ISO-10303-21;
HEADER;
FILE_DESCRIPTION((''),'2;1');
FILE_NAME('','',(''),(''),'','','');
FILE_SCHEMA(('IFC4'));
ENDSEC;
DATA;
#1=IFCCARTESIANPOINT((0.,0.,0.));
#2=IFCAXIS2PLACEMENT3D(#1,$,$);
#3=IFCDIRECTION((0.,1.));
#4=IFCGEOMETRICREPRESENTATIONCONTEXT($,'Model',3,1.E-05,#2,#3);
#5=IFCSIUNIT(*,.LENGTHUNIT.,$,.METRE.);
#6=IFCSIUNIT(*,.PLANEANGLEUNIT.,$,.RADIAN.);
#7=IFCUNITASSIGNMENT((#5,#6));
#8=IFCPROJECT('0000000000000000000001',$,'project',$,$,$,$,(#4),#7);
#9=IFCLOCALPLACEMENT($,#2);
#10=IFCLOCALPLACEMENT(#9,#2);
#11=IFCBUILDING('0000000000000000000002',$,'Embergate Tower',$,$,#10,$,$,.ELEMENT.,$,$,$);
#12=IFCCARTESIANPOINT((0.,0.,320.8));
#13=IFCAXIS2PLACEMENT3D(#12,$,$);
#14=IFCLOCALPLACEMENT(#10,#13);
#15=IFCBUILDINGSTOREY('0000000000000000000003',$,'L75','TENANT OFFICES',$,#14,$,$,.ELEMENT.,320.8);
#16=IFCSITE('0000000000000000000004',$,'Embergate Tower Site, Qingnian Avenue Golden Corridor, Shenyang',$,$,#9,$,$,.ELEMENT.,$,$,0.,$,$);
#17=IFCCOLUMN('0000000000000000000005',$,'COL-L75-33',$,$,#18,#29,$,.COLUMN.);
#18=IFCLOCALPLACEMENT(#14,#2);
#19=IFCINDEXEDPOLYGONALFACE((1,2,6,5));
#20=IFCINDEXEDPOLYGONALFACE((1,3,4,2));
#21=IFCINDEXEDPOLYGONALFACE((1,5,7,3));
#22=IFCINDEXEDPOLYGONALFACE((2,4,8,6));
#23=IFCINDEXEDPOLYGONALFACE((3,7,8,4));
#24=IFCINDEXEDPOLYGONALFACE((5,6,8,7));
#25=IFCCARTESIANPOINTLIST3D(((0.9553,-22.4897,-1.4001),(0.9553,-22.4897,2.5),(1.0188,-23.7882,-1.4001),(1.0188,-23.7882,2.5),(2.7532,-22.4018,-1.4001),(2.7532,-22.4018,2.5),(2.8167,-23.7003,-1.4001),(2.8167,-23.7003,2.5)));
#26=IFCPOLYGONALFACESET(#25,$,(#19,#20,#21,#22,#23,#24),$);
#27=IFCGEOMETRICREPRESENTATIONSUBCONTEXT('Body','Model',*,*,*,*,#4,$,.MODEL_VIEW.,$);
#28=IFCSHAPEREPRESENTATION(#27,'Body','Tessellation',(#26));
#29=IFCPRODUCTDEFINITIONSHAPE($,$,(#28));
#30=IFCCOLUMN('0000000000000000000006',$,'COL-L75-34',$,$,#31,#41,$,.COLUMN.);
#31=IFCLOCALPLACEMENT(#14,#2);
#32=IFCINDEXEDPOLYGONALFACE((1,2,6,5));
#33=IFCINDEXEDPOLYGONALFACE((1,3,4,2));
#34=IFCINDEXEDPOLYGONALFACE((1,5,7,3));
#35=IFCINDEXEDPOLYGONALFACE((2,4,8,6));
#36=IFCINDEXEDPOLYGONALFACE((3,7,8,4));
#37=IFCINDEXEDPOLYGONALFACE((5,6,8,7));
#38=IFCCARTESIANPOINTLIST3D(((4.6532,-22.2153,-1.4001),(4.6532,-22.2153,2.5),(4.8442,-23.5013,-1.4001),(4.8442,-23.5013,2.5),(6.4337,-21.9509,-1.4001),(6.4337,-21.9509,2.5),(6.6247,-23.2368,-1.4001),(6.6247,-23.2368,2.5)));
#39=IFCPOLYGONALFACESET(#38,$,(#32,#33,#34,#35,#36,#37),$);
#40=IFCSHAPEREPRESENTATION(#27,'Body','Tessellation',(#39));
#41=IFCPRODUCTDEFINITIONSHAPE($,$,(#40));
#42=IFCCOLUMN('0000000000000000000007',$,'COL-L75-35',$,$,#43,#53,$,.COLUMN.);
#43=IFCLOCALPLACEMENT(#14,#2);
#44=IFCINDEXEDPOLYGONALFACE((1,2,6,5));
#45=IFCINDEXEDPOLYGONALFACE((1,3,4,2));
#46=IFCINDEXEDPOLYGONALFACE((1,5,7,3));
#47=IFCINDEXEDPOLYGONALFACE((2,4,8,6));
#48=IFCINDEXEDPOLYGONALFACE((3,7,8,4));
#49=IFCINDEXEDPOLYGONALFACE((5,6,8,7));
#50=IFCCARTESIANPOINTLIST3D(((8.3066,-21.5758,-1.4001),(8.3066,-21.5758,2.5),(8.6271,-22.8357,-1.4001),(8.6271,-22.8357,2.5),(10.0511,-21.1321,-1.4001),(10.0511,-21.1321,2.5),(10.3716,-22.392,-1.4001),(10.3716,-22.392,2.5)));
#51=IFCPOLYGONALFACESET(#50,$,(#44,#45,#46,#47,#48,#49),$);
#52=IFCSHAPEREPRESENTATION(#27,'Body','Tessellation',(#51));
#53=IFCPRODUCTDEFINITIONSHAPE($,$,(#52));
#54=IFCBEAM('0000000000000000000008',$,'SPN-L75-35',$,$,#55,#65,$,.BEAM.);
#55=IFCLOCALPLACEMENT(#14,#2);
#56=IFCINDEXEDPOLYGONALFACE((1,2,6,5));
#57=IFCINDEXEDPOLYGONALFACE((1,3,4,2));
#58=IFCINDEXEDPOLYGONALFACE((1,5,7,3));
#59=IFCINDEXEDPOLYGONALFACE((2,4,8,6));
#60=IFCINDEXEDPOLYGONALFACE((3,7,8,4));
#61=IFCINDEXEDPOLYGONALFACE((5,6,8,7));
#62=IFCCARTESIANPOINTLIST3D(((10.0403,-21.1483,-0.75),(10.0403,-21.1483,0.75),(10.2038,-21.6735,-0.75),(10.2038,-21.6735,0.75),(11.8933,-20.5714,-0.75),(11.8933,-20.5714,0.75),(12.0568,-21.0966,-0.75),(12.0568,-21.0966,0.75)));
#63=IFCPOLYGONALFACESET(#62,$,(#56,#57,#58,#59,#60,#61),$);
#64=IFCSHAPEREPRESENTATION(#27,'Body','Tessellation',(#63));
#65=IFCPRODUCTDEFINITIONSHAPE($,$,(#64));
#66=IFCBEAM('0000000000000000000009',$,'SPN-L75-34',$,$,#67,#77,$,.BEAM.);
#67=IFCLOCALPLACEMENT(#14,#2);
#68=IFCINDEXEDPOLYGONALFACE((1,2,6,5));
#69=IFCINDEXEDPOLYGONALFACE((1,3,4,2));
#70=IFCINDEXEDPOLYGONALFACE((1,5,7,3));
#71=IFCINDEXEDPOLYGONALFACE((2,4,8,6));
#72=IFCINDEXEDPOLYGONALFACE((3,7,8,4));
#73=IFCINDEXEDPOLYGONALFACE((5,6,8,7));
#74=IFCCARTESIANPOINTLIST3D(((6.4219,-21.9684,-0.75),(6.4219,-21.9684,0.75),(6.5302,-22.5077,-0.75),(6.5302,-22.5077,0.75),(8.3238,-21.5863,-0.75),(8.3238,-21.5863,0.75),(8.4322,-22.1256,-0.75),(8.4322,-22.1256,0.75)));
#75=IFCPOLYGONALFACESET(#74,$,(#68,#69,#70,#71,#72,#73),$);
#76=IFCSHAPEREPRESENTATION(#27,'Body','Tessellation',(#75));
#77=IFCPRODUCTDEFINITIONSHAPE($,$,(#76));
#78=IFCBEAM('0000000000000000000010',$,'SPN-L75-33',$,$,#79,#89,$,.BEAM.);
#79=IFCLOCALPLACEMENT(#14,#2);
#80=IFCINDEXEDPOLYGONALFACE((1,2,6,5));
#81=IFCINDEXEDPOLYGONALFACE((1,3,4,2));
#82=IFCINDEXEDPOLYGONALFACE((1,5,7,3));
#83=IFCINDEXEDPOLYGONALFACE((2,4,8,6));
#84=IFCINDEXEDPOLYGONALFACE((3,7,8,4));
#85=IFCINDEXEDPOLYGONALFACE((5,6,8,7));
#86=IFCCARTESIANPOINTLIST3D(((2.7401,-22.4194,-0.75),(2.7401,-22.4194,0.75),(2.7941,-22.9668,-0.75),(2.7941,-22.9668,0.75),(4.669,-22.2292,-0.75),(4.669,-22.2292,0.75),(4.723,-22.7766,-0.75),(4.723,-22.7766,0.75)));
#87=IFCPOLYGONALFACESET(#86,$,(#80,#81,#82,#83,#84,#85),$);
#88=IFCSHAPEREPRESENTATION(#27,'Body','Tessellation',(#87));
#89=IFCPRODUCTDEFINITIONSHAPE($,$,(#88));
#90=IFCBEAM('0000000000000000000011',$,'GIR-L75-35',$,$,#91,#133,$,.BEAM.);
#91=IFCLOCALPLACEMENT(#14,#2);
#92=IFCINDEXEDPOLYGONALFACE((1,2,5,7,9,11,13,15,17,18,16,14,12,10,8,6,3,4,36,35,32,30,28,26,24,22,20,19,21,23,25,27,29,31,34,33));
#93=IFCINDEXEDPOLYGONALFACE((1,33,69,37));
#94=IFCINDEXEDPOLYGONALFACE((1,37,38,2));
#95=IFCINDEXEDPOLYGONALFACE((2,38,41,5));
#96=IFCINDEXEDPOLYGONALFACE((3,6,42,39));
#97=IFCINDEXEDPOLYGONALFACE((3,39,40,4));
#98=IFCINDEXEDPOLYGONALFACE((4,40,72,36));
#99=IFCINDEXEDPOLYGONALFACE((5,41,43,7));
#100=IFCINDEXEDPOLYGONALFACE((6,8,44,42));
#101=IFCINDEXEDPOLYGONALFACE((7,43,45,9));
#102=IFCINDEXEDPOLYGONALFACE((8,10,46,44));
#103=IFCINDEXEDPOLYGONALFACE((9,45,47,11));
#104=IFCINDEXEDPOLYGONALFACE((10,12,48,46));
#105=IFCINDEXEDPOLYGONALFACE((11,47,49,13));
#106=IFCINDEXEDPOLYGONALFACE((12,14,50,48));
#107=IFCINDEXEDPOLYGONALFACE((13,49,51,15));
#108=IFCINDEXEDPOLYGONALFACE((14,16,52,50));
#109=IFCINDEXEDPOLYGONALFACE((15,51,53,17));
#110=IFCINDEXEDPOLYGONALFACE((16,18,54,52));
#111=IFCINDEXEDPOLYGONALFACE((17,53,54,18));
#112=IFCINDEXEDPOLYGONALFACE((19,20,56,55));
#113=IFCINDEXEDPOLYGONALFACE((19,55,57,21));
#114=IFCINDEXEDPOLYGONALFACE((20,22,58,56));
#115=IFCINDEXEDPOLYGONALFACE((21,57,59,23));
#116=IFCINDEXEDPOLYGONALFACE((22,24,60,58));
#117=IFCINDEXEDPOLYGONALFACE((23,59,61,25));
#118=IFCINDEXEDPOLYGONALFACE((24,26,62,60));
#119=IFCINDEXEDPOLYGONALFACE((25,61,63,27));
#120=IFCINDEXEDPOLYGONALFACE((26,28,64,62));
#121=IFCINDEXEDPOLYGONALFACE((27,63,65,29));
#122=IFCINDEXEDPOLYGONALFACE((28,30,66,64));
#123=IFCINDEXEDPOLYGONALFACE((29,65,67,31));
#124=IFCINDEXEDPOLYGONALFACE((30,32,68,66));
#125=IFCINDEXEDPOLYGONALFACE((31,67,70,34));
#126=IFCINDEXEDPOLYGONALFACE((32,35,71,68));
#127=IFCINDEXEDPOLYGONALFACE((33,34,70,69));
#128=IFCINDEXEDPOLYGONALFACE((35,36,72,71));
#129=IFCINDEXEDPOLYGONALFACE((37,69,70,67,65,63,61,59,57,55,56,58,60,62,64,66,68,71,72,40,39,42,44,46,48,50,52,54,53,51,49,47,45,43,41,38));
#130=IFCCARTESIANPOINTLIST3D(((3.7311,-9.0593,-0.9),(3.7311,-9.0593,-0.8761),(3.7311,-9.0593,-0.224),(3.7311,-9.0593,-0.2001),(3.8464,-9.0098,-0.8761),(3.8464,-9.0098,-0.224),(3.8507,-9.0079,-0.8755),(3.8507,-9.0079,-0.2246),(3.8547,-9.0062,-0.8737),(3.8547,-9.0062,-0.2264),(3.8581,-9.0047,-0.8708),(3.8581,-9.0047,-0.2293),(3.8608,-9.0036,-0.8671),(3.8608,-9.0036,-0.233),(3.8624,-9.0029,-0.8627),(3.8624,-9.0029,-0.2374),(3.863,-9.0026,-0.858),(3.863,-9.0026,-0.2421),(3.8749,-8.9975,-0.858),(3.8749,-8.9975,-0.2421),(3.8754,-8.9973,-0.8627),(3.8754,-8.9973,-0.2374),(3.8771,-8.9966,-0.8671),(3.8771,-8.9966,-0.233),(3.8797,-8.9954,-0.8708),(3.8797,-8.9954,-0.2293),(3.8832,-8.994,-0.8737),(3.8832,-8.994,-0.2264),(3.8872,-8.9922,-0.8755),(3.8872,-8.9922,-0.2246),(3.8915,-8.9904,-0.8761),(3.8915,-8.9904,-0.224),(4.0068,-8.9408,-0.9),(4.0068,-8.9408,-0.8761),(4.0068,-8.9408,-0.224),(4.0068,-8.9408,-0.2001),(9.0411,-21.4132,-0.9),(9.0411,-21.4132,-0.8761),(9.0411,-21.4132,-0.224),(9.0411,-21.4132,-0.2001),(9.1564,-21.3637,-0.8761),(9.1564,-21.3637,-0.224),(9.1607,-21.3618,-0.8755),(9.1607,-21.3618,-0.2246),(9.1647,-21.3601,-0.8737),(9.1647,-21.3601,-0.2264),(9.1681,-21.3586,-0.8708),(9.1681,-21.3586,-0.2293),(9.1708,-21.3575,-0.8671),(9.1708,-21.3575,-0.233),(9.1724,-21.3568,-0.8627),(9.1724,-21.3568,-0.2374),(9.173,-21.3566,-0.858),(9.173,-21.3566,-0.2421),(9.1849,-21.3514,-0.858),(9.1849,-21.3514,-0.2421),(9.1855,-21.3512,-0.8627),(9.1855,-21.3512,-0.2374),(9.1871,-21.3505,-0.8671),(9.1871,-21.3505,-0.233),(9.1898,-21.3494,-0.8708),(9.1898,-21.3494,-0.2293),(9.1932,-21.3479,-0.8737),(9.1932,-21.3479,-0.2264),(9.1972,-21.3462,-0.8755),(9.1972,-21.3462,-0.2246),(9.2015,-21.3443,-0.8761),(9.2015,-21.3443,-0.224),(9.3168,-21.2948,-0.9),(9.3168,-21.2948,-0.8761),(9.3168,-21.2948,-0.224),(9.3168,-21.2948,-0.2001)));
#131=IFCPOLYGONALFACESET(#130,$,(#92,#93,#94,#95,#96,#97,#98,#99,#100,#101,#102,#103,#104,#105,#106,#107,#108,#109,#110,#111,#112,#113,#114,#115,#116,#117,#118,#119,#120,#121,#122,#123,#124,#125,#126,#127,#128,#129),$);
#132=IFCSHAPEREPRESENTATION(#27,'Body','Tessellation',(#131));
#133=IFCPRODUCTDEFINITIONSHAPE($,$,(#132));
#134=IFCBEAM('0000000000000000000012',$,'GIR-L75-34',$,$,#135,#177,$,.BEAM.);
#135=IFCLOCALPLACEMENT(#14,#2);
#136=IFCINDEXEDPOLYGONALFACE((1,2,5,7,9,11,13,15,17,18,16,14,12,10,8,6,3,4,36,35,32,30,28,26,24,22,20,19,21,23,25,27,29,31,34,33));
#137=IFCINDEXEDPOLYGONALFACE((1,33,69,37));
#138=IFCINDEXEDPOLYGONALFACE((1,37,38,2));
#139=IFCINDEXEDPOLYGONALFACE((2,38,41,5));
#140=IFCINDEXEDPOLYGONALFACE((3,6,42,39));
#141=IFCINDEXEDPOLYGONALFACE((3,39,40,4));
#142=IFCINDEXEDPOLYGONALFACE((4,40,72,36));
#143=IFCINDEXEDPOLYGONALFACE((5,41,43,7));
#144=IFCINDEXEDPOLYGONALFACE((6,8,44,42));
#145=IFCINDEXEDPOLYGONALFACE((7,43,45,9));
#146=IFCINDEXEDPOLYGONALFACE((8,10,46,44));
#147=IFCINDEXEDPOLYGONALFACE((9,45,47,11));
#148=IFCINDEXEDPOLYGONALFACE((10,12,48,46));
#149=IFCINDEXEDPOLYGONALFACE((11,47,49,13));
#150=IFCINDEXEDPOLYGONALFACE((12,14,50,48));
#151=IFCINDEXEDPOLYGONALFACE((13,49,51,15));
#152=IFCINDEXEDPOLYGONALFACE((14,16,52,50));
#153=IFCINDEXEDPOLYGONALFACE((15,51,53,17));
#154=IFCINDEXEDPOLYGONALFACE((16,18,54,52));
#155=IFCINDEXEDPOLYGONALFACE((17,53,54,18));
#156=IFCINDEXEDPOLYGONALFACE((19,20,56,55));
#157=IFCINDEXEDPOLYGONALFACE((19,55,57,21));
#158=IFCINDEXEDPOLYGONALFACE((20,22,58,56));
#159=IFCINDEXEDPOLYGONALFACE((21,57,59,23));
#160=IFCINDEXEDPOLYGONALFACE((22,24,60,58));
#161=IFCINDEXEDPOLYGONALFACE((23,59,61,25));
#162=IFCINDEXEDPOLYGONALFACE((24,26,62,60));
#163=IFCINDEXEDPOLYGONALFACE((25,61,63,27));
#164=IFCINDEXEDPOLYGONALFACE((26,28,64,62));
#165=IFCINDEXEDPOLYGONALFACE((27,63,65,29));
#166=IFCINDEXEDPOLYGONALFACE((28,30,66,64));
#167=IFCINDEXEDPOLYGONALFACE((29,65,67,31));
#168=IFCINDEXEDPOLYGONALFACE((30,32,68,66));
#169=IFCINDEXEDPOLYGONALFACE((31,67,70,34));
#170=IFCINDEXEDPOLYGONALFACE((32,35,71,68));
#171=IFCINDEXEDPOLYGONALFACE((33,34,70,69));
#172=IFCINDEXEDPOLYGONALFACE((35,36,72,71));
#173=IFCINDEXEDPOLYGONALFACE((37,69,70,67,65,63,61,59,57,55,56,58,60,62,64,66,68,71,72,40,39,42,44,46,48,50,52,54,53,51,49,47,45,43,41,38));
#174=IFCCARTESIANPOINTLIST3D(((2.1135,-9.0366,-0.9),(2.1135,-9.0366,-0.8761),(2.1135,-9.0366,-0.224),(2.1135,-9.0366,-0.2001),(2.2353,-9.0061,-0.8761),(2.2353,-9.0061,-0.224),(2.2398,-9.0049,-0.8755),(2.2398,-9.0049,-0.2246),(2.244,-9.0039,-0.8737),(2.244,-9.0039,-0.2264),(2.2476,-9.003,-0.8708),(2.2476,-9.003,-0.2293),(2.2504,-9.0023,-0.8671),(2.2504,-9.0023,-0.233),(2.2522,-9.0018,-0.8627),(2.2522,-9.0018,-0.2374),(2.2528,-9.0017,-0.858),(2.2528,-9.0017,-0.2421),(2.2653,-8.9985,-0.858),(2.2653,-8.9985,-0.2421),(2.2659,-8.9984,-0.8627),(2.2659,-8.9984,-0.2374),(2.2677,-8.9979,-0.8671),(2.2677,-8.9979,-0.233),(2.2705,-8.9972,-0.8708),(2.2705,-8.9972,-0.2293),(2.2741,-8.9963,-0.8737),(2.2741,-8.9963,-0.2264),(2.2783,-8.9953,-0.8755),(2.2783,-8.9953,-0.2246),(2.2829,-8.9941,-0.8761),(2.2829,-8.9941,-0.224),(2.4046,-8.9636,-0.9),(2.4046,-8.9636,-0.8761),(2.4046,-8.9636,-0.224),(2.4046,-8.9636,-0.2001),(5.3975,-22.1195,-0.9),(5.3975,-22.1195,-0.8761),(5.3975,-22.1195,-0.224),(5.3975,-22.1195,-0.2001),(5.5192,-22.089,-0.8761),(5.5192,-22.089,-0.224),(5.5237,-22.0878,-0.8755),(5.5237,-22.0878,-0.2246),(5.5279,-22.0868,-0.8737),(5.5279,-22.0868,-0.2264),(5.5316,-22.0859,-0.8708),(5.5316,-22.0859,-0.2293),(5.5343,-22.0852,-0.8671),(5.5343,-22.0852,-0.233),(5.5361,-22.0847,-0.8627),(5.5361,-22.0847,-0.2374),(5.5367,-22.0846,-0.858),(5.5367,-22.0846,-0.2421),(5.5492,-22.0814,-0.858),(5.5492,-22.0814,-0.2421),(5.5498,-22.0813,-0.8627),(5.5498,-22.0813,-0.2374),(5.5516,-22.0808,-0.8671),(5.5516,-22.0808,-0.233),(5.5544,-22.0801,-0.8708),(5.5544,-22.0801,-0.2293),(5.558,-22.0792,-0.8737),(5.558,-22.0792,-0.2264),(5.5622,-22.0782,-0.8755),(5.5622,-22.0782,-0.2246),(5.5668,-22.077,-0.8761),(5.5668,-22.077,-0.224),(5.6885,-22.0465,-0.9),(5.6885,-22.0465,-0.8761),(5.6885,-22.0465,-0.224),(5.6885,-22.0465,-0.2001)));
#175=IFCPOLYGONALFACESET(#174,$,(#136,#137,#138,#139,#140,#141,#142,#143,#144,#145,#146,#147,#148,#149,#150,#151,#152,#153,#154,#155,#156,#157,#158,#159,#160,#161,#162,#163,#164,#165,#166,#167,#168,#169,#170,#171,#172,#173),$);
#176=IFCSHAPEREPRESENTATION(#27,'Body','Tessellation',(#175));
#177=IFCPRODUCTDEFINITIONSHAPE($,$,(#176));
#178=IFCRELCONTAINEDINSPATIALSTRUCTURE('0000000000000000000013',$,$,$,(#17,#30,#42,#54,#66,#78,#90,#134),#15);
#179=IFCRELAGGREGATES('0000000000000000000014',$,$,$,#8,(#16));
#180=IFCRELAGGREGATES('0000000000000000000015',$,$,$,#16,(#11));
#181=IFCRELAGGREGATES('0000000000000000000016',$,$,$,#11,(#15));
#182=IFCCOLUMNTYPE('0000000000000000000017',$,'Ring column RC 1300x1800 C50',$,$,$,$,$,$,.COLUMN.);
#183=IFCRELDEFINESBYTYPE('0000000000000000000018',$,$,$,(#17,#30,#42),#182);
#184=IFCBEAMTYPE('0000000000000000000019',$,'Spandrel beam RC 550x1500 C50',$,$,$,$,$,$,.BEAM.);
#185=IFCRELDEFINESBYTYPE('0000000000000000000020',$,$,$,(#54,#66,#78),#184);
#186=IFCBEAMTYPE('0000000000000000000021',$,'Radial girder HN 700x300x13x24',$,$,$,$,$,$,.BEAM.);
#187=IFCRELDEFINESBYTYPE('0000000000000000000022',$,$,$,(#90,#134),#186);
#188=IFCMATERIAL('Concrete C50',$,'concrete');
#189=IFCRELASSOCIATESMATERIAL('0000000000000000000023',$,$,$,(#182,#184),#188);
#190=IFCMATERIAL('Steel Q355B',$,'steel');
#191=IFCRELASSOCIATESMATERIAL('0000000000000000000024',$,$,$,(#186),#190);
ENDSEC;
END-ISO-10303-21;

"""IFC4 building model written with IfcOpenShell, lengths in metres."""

from ifc_helpers import new_model, si_unit, direction, frame, origin, origin_2d, place, context, subcontext, project, spatial, rectangle, i_section, extrude, source, transform, mapped, material, material_profile, profile_set, type_object, element, save


model = new_model("IFC4")

# Units and contexts
model_context = context("Model", 3, precision=1e-05, world=origin(), true_north=direction((0.0, 1.0)))
body_context = subcontext(model_context, "Body", "Model", "MODEL_VIEW")
ifc_project = project(units=[si_unit("LENGTHUNIT", "METRE"), si_unit("PLANEANGLEUNIT", "RADIAN")], contexts=[model_context])

# Site, building, storey
site_placement = place(None, origin())
site = spatial("IfcSite", under=ifc_project, at=site_placement, Name="Embergate Tower Site, Qingnian Avenue Golden Corridor, Shenyang", CompositionType="ELEMENT", RefElevation=0.0)
building_placement = place(site_placement, origin())
building = spatial("IfcBuilding", under=site, at=building_placement, Name="Embergate Tower", CompositionType="ELEMENT")
storey_placement = place(building_placement, frame((0.0, 0.0, 320.8)))
storey = spatial("IfcBuildingStorey", under=building, at=storey_placement, Name="L75", Description="TENANT OFFICES", CompositionType="ELEMENT", Elevation=320.8)

# Columns
ifc_material_1 = material(Name="Concrete C50", Category="concrete")
ifc_material_profile_1 = material_profile(ifc_material_1, rectangle(XDim=1.3, YDim=1.8, at=origin_2d()), Name="RC 1300x1800")
ifc_profile_set_1 = profile_set([ifc_material_profile_1], Name="Concrete C50")
column_type = type_object("IfcColumnType", Name="Ring column RC 1300x1800 C50", PredefinedType="COLUMN", material=ifc_profile_set_1)
shared_shape_1 = source(origin(), body_context, "Body", "SweptSolid", [
    extrude(rectangle(XDim=1.3, YDim=1.8, at=origin_2d()), origin(), (0.0, 0.0, 1.0), 3.9001),
])
for number, where, z_axis, x_axis, name in (
    (1, (1.886, -23.095, -1.4001), (0.0, 0.0, 1.0), (0.048815, -0.998808, 0.0), "COL-L75-33"),
    (2, (5.6389, -22.7261, -1.4001), (0.0, 0.0, 1.0), (0.146929, -0.989147, 0.0), "COL-L75-34"),
    (3, (9.3391, -21.9839, -1.4001), (0.0, 0.0, 1.0), (0.246509, -0.969141, 0.0), "COL-L75-35"),
):
    element("IfcColumn", number, at=place(storey_placement, frame(where, z_axis=z_axis, x_axis=x_axis)), inside=storey, type_object=column_type, Name=name, PredefinedType="COLUMN", context=body_context, shape_type="MappedRepresentation", body=[
        mapped(shared_shape_1, transform((0.0, 0.0, 0.0))),
    ])

# Beams
ifc_material_profile_2 = material_profile(ifc_material_1, rectangle(XDim=0.55, YDim=1.5, at=origin_2d()), Name="RC 550x1500")
ifc_profile_set_2 = profile_set([ifc_material_profile_2], Name="Concrete C50")
beam_type_1 = type_object("IfcBeamType", Name="Spandrel beam RC 550x1500 C50", PredefinedType="BEAM", material=ifc_profile_set_2)
shared_shape_2 = source(origin(), body_context, "Body", "SweptSolid", [
    extrude(rectangle(XDim=0.55, YDim=1.5, at=origin_2d()), origin(), (0.0, 0.0, 1.0), 1.9407),
])
beam_1_placement = place(storey_placement, frame((10.1221, -21.4109, 0.0), z_axis=(0.954797, 0.297258, 0.0), x_axis=(-0.297258, 0.954797, 0.0)))
element("IfcBeam", 4, at=beam_1_placement, inside=storey, type_object=beam_type_1, Name="SPN-L75-35", PredefinedType="BEAM", context=body_context, shape_type="MappedRepresentation", body=[
    mapped(shared_shape_2, transform((0.0, 0.0, 0.0))),
])
shared_shape_3 = source(origin(), body_context, "Body", "SweptSolid", [
    extrude(rectangle(XDim=0.55, YDim=1.5, at=origin_2d()), origin(), (0.0, 0.0, 1.0), 1.9399),
])
beam_2_placement = place(storey_placement, frame((6.4761, -22.238, 0.0), z_axis=(0.980411, 0.196963, 0.0), x_axis=(-0.196963, 0.980411, 0.0)))
element("IfcBeam", 5, at=beam_2_placement, inside=storey, type_object=beam_type_1, Name="SPN-L75-34", PredefinedType="BEAM", context=body_context, shape_type="MappedRepresentation", body=[
    mapped(shared_shape_3, transform((0.0, 0.0, 0.0))),
])
shared_shape_4 = source(origin(), body_context, "Body", "SweptSolid", [
    extrude(rectangle(XDim=0.55, YDim=1.5, at=origin_2d()), origin(), (0.0, 0.0, 1.0), 1.9382),
])
beam_3_placement = place(storey_placement, frame((2.7671, -22.6931, 0.0), z_axis=(0.995175, 0.098119, 0.0), x_axis=(-0.098119, 0.995175, 0.0)))
element("IfcBeam", 6, at=beam_3_placement, inside=storey, type_object=beam_type_1, Name="SPN-L75-33", PredefinedType="BEAM", context=body_context, shape_type="MappedRepresentation", body=[
    mapped(shared_shape_4, transform((0.0, 0.0, 0.0))),
])
ifc_material_2 = material(Name="Steel Q355B", Category="steel")
ifc_material_profile_3 = material_profile(ifc_material_2, i_section(OverallWidth=0.3, OverallDepth=0.7, WebThickness=0.0129, FlangeThickness=0.0239, FilletRadius=0.0181, at=origin_2d()), Name="HN 700x300x13x24")
ifc_profile_set_3 = profile_set([ifc_material_profile_3], Name="Steel Q355 grade B")
beam_type_2 = type_object("IfcBeamType", Name="Radial girder HN 700x300x13x24", PredefinedType="BEAM", material=ifc_profile_set_3)
shared_shape_5 = source(origin(), body_context, "Body", "SweptSolid", [
    extrude(i_section(OverallWidth=0.3, OverallDepth=0.7, WebThickness=0.0129, FlangeThickness=0.0239, FilletRadius=0.0181, at=origin_2d()), origin(), (0.0, 0.0, 1.0), 13.4468),
])
beam_4_placement = place(storey_placement, frame((9.179, -21.354, -0.55), z_axis=(-0.394892, 0.918728, 0.0), x_axis=(-0.918728, -0.394892, 0.0)))
element("IfcBeam", 7, at=beam_4_placement, inside=storey, type_object=beam_type_2, Name="GIR-L75-35", PredefinedType="BEAM", context=body_context, shape_type="MappedRepresentation", body=[
    mapped(shared_shape_5, transform((0.0, 0.0, 0.0))),
])
shared_shape_6 = source(origin(), body_context, "Body", "SweptSolid", [
    extrude(i_section(OverallWidth=0.3, OverallDepth=0.7, WebThickness=0.0129, FlangeThickness=0.0239, FilletRadius=0.0181, at=origin_2d()), origin(), (0.0, 0.0, 1.0), 13.4888),
])
beam_5_placement = place(storey_placement, frame((5.543, -22.083, -0.55), z_axis=(-0.243455, 0.969912, 0.0), x_axis=(-0.969912, -0.243455, 0.0)))
element("IfcBeam", 8, at=beam_5_placement, inside=storey, type_object=beam_type_2, Name="GIR-L75-34", PredefinedType="BEAM", context=body_context, shape_type="MappedRepresentation", body=[
    mapped(shared_shape_6, transform((0.0, 0.0, 0.0))),
])

save(model, "model.ifc")
